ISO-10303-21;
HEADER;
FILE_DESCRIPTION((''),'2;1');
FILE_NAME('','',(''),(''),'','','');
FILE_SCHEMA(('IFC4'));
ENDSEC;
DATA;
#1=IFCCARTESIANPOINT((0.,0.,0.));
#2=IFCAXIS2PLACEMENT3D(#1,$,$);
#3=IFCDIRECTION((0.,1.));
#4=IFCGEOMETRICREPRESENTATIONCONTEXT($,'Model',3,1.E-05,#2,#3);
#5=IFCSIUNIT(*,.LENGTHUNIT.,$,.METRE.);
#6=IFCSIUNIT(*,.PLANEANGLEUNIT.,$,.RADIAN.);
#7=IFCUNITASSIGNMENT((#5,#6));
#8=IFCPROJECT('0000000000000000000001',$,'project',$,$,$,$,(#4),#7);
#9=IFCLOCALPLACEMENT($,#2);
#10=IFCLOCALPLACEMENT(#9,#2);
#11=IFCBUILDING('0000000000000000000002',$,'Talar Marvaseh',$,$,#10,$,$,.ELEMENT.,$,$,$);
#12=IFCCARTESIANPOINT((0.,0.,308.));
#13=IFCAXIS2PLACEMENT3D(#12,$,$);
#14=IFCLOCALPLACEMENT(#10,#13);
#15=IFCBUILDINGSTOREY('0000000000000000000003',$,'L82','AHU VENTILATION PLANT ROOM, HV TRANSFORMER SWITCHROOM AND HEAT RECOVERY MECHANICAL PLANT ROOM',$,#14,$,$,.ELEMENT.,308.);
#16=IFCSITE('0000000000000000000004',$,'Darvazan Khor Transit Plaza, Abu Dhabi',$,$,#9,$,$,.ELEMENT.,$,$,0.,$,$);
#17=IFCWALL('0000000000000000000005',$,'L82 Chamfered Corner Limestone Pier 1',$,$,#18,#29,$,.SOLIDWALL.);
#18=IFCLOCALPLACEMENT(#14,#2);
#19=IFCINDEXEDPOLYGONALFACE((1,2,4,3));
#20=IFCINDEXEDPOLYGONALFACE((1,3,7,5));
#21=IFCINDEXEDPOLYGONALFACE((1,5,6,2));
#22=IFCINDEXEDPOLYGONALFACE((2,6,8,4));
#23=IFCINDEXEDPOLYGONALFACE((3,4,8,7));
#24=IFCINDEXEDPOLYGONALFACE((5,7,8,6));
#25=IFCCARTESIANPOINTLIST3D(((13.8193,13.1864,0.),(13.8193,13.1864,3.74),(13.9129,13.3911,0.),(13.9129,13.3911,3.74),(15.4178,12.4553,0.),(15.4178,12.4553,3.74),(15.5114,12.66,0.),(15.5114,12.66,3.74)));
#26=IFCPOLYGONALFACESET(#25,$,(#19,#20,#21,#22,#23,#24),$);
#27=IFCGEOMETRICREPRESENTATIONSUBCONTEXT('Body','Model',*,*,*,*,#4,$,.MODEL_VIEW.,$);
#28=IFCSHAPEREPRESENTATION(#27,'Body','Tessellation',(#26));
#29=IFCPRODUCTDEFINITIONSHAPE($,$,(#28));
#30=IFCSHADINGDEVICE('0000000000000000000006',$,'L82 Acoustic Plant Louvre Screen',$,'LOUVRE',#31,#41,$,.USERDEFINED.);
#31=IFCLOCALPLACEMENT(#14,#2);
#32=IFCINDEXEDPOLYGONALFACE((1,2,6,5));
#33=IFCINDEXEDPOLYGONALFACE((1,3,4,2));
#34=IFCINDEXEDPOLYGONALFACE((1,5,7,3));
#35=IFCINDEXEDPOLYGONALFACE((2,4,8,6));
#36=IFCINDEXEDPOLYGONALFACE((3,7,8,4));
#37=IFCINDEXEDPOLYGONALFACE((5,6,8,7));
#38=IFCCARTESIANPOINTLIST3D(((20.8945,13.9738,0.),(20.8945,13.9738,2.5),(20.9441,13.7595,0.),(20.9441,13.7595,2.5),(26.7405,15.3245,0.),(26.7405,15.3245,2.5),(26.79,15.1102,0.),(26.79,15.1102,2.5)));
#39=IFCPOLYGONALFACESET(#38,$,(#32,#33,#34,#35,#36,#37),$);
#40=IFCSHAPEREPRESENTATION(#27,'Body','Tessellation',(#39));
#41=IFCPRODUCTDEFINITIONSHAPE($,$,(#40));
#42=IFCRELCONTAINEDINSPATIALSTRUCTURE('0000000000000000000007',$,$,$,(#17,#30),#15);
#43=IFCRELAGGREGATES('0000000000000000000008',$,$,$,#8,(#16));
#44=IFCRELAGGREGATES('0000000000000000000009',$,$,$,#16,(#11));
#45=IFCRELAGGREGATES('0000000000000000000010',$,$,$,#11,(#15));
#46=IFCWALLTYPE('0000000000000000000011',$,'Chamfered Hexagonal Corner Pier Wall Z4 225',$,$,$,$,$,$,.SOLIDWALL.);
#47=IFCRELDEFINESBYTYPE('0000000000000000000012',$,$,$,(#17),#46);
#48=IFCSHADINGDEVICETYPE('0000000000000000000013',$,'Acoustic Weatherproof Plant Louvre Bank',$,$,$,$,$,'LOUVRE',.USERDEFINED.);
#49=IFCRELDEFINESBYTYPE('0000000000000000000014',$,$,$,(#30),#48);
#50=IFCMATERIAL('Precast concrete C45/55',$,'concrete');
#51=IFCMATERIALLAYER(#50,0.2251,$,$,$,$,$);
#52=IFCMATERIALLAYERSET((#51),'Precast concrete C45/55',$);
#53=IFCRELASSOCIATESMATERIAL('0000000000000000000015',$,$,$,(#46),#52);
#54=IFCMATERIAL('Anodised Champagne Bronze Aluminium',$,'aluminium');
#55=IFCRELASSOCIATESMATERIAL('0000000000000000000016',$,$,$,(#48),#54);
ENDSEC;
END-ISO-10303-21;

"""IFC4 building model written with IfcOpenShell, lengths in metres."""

from ifc_helpers import new_model, si_unit, direction, frame, frame_2d, origin, origin_2d, place, context, subcontext, project, spatial, rectangle, extrude, source, transform, mapped, material, layer, layer_set, type_object, type_shapes, element, save


model = new_model("IFC4")

# Units and contexts
model_context = context("Model", 3, precision=1e-05, world=origin(), true_north=direction((0.0, 1.0)))
body_context = subcontext(model_context, "Body", "Model", "MODEL_VIEW")
ifc_project = project(units=[si_unit("LENGTHUNIT", "METRE"), si_unit("PLANEANGLEUNIT", "RADIAN")], contexts=[model_context])

# Site, building, storey
site_placement = place(None, origin())
site = spatial("IfcSite", under=ifc_project, at=site_placement, Name="Darvazan Khor Transit Plaza, Abu Dhabi", CompositionType="ELEMENT", RefElevation=0.0)
building_placement = place(site_placement, origin())
building = spatial("IfcBuilding", under=site, at=building_placement, Name="Talar Marvaseh", CompositionType="ELEMENT")
storey_placement = place(building_placement, frame((0.0, 0.0, 308.0)))
storey = spatial("IfcBuildingStorey", under=building, at=storey_placement, Name="L82", Description="AHU VENTILATION PLANT ROOM, HV TRANSFORMER SWITCHROOM AND HEAT RECOVERY MECHANICAL PLANT ROOM", CompositionType="ELEMENT", Elevation=308.0)

# Wall
ifc_material_1 = material(Name="Precast concrete C45/55", Category="concrete")
ifc_layer_1 = layer(ifc_material_1, 0.2251)
ifc_layer_set_1 = layer_set([ifc_layer_1], Name="Precast concrete C45/55")
wall_type = type_object("IfcWallType", Name="Chamfered Hexagonal Corner Pier Wall Z4 225", PredefinedType="SOLIDWALL", material=ifc_layer_set_1)
wall_placement = place(storey_placement, frame((15.4646, 12.5576, 0.0), z_axis=(0.0, 0.0, 1.0), x_axis=(-0.909389, 0.415947, 0.0)))
element("IfcWall", 1, at=wall_placement, inside=storey, type_object=wall_type, Name="L82 Chamfered Corner Limestone Pier 1", PredefinedType="SOLIDWALL", context=body_context, shape_type="SweptSolid", body=[
    extrude(rectangle(XDim=1.7578, YDim=0.2251, at=frame_2d((0.8789, 0.0))), origin(), (0.0, 0.0, 1.0), 3.74),
])

# Shading device
ifc_material_2 = material(Name="Anodised Champagne Bronze Aluminium", Category="aluminium")
shading_device_type = type_object("IfcShadingDeviceType", Name="Acoustic Weatherproof Plant Louvre Bank", ElementType="LOUVRE", PredefinedType="USERDEFINED", material=ifc_material_2)
shared_shape_1 = source(origin(), body_context, "Body", "SweptSolid", [
    extrude(rectangle(XDim=6.0, YDim=0.22, at=origin_2d()), origin(), (0.0, 0.0, 1.0), 2.5),
])
type_shapes(shading_device_type, [shared_shape_1])
shading_device_placement = place(storey_placement, frame((23.8423, 14.542, 0.0), z_axis=(0.0, 0.0, 1.0), x_axis=(-0.974331, -0.225121, 0.0)))
element("IfcShadingDevice", 2, at=shading_device_placement, inside=storey, type_object=shading_device_type, Name="L82 Acoustic Plant Louvre Screen", ObjectType="LOUVRE", PredefinedType="USERDEFINED", context=body_context, shape_type="MappedRepresentation", body=[
    mapped(shared_shape_1, transform((0.0, 0.0, 0.0), x_axis=(1.0, 0.0, 0.0), y_axis=(0.0, 1.0, 0.0), z_axis=(0.0, 0.0, 1.0), scale=1.0)),
])

save(model, "model.ifc")
